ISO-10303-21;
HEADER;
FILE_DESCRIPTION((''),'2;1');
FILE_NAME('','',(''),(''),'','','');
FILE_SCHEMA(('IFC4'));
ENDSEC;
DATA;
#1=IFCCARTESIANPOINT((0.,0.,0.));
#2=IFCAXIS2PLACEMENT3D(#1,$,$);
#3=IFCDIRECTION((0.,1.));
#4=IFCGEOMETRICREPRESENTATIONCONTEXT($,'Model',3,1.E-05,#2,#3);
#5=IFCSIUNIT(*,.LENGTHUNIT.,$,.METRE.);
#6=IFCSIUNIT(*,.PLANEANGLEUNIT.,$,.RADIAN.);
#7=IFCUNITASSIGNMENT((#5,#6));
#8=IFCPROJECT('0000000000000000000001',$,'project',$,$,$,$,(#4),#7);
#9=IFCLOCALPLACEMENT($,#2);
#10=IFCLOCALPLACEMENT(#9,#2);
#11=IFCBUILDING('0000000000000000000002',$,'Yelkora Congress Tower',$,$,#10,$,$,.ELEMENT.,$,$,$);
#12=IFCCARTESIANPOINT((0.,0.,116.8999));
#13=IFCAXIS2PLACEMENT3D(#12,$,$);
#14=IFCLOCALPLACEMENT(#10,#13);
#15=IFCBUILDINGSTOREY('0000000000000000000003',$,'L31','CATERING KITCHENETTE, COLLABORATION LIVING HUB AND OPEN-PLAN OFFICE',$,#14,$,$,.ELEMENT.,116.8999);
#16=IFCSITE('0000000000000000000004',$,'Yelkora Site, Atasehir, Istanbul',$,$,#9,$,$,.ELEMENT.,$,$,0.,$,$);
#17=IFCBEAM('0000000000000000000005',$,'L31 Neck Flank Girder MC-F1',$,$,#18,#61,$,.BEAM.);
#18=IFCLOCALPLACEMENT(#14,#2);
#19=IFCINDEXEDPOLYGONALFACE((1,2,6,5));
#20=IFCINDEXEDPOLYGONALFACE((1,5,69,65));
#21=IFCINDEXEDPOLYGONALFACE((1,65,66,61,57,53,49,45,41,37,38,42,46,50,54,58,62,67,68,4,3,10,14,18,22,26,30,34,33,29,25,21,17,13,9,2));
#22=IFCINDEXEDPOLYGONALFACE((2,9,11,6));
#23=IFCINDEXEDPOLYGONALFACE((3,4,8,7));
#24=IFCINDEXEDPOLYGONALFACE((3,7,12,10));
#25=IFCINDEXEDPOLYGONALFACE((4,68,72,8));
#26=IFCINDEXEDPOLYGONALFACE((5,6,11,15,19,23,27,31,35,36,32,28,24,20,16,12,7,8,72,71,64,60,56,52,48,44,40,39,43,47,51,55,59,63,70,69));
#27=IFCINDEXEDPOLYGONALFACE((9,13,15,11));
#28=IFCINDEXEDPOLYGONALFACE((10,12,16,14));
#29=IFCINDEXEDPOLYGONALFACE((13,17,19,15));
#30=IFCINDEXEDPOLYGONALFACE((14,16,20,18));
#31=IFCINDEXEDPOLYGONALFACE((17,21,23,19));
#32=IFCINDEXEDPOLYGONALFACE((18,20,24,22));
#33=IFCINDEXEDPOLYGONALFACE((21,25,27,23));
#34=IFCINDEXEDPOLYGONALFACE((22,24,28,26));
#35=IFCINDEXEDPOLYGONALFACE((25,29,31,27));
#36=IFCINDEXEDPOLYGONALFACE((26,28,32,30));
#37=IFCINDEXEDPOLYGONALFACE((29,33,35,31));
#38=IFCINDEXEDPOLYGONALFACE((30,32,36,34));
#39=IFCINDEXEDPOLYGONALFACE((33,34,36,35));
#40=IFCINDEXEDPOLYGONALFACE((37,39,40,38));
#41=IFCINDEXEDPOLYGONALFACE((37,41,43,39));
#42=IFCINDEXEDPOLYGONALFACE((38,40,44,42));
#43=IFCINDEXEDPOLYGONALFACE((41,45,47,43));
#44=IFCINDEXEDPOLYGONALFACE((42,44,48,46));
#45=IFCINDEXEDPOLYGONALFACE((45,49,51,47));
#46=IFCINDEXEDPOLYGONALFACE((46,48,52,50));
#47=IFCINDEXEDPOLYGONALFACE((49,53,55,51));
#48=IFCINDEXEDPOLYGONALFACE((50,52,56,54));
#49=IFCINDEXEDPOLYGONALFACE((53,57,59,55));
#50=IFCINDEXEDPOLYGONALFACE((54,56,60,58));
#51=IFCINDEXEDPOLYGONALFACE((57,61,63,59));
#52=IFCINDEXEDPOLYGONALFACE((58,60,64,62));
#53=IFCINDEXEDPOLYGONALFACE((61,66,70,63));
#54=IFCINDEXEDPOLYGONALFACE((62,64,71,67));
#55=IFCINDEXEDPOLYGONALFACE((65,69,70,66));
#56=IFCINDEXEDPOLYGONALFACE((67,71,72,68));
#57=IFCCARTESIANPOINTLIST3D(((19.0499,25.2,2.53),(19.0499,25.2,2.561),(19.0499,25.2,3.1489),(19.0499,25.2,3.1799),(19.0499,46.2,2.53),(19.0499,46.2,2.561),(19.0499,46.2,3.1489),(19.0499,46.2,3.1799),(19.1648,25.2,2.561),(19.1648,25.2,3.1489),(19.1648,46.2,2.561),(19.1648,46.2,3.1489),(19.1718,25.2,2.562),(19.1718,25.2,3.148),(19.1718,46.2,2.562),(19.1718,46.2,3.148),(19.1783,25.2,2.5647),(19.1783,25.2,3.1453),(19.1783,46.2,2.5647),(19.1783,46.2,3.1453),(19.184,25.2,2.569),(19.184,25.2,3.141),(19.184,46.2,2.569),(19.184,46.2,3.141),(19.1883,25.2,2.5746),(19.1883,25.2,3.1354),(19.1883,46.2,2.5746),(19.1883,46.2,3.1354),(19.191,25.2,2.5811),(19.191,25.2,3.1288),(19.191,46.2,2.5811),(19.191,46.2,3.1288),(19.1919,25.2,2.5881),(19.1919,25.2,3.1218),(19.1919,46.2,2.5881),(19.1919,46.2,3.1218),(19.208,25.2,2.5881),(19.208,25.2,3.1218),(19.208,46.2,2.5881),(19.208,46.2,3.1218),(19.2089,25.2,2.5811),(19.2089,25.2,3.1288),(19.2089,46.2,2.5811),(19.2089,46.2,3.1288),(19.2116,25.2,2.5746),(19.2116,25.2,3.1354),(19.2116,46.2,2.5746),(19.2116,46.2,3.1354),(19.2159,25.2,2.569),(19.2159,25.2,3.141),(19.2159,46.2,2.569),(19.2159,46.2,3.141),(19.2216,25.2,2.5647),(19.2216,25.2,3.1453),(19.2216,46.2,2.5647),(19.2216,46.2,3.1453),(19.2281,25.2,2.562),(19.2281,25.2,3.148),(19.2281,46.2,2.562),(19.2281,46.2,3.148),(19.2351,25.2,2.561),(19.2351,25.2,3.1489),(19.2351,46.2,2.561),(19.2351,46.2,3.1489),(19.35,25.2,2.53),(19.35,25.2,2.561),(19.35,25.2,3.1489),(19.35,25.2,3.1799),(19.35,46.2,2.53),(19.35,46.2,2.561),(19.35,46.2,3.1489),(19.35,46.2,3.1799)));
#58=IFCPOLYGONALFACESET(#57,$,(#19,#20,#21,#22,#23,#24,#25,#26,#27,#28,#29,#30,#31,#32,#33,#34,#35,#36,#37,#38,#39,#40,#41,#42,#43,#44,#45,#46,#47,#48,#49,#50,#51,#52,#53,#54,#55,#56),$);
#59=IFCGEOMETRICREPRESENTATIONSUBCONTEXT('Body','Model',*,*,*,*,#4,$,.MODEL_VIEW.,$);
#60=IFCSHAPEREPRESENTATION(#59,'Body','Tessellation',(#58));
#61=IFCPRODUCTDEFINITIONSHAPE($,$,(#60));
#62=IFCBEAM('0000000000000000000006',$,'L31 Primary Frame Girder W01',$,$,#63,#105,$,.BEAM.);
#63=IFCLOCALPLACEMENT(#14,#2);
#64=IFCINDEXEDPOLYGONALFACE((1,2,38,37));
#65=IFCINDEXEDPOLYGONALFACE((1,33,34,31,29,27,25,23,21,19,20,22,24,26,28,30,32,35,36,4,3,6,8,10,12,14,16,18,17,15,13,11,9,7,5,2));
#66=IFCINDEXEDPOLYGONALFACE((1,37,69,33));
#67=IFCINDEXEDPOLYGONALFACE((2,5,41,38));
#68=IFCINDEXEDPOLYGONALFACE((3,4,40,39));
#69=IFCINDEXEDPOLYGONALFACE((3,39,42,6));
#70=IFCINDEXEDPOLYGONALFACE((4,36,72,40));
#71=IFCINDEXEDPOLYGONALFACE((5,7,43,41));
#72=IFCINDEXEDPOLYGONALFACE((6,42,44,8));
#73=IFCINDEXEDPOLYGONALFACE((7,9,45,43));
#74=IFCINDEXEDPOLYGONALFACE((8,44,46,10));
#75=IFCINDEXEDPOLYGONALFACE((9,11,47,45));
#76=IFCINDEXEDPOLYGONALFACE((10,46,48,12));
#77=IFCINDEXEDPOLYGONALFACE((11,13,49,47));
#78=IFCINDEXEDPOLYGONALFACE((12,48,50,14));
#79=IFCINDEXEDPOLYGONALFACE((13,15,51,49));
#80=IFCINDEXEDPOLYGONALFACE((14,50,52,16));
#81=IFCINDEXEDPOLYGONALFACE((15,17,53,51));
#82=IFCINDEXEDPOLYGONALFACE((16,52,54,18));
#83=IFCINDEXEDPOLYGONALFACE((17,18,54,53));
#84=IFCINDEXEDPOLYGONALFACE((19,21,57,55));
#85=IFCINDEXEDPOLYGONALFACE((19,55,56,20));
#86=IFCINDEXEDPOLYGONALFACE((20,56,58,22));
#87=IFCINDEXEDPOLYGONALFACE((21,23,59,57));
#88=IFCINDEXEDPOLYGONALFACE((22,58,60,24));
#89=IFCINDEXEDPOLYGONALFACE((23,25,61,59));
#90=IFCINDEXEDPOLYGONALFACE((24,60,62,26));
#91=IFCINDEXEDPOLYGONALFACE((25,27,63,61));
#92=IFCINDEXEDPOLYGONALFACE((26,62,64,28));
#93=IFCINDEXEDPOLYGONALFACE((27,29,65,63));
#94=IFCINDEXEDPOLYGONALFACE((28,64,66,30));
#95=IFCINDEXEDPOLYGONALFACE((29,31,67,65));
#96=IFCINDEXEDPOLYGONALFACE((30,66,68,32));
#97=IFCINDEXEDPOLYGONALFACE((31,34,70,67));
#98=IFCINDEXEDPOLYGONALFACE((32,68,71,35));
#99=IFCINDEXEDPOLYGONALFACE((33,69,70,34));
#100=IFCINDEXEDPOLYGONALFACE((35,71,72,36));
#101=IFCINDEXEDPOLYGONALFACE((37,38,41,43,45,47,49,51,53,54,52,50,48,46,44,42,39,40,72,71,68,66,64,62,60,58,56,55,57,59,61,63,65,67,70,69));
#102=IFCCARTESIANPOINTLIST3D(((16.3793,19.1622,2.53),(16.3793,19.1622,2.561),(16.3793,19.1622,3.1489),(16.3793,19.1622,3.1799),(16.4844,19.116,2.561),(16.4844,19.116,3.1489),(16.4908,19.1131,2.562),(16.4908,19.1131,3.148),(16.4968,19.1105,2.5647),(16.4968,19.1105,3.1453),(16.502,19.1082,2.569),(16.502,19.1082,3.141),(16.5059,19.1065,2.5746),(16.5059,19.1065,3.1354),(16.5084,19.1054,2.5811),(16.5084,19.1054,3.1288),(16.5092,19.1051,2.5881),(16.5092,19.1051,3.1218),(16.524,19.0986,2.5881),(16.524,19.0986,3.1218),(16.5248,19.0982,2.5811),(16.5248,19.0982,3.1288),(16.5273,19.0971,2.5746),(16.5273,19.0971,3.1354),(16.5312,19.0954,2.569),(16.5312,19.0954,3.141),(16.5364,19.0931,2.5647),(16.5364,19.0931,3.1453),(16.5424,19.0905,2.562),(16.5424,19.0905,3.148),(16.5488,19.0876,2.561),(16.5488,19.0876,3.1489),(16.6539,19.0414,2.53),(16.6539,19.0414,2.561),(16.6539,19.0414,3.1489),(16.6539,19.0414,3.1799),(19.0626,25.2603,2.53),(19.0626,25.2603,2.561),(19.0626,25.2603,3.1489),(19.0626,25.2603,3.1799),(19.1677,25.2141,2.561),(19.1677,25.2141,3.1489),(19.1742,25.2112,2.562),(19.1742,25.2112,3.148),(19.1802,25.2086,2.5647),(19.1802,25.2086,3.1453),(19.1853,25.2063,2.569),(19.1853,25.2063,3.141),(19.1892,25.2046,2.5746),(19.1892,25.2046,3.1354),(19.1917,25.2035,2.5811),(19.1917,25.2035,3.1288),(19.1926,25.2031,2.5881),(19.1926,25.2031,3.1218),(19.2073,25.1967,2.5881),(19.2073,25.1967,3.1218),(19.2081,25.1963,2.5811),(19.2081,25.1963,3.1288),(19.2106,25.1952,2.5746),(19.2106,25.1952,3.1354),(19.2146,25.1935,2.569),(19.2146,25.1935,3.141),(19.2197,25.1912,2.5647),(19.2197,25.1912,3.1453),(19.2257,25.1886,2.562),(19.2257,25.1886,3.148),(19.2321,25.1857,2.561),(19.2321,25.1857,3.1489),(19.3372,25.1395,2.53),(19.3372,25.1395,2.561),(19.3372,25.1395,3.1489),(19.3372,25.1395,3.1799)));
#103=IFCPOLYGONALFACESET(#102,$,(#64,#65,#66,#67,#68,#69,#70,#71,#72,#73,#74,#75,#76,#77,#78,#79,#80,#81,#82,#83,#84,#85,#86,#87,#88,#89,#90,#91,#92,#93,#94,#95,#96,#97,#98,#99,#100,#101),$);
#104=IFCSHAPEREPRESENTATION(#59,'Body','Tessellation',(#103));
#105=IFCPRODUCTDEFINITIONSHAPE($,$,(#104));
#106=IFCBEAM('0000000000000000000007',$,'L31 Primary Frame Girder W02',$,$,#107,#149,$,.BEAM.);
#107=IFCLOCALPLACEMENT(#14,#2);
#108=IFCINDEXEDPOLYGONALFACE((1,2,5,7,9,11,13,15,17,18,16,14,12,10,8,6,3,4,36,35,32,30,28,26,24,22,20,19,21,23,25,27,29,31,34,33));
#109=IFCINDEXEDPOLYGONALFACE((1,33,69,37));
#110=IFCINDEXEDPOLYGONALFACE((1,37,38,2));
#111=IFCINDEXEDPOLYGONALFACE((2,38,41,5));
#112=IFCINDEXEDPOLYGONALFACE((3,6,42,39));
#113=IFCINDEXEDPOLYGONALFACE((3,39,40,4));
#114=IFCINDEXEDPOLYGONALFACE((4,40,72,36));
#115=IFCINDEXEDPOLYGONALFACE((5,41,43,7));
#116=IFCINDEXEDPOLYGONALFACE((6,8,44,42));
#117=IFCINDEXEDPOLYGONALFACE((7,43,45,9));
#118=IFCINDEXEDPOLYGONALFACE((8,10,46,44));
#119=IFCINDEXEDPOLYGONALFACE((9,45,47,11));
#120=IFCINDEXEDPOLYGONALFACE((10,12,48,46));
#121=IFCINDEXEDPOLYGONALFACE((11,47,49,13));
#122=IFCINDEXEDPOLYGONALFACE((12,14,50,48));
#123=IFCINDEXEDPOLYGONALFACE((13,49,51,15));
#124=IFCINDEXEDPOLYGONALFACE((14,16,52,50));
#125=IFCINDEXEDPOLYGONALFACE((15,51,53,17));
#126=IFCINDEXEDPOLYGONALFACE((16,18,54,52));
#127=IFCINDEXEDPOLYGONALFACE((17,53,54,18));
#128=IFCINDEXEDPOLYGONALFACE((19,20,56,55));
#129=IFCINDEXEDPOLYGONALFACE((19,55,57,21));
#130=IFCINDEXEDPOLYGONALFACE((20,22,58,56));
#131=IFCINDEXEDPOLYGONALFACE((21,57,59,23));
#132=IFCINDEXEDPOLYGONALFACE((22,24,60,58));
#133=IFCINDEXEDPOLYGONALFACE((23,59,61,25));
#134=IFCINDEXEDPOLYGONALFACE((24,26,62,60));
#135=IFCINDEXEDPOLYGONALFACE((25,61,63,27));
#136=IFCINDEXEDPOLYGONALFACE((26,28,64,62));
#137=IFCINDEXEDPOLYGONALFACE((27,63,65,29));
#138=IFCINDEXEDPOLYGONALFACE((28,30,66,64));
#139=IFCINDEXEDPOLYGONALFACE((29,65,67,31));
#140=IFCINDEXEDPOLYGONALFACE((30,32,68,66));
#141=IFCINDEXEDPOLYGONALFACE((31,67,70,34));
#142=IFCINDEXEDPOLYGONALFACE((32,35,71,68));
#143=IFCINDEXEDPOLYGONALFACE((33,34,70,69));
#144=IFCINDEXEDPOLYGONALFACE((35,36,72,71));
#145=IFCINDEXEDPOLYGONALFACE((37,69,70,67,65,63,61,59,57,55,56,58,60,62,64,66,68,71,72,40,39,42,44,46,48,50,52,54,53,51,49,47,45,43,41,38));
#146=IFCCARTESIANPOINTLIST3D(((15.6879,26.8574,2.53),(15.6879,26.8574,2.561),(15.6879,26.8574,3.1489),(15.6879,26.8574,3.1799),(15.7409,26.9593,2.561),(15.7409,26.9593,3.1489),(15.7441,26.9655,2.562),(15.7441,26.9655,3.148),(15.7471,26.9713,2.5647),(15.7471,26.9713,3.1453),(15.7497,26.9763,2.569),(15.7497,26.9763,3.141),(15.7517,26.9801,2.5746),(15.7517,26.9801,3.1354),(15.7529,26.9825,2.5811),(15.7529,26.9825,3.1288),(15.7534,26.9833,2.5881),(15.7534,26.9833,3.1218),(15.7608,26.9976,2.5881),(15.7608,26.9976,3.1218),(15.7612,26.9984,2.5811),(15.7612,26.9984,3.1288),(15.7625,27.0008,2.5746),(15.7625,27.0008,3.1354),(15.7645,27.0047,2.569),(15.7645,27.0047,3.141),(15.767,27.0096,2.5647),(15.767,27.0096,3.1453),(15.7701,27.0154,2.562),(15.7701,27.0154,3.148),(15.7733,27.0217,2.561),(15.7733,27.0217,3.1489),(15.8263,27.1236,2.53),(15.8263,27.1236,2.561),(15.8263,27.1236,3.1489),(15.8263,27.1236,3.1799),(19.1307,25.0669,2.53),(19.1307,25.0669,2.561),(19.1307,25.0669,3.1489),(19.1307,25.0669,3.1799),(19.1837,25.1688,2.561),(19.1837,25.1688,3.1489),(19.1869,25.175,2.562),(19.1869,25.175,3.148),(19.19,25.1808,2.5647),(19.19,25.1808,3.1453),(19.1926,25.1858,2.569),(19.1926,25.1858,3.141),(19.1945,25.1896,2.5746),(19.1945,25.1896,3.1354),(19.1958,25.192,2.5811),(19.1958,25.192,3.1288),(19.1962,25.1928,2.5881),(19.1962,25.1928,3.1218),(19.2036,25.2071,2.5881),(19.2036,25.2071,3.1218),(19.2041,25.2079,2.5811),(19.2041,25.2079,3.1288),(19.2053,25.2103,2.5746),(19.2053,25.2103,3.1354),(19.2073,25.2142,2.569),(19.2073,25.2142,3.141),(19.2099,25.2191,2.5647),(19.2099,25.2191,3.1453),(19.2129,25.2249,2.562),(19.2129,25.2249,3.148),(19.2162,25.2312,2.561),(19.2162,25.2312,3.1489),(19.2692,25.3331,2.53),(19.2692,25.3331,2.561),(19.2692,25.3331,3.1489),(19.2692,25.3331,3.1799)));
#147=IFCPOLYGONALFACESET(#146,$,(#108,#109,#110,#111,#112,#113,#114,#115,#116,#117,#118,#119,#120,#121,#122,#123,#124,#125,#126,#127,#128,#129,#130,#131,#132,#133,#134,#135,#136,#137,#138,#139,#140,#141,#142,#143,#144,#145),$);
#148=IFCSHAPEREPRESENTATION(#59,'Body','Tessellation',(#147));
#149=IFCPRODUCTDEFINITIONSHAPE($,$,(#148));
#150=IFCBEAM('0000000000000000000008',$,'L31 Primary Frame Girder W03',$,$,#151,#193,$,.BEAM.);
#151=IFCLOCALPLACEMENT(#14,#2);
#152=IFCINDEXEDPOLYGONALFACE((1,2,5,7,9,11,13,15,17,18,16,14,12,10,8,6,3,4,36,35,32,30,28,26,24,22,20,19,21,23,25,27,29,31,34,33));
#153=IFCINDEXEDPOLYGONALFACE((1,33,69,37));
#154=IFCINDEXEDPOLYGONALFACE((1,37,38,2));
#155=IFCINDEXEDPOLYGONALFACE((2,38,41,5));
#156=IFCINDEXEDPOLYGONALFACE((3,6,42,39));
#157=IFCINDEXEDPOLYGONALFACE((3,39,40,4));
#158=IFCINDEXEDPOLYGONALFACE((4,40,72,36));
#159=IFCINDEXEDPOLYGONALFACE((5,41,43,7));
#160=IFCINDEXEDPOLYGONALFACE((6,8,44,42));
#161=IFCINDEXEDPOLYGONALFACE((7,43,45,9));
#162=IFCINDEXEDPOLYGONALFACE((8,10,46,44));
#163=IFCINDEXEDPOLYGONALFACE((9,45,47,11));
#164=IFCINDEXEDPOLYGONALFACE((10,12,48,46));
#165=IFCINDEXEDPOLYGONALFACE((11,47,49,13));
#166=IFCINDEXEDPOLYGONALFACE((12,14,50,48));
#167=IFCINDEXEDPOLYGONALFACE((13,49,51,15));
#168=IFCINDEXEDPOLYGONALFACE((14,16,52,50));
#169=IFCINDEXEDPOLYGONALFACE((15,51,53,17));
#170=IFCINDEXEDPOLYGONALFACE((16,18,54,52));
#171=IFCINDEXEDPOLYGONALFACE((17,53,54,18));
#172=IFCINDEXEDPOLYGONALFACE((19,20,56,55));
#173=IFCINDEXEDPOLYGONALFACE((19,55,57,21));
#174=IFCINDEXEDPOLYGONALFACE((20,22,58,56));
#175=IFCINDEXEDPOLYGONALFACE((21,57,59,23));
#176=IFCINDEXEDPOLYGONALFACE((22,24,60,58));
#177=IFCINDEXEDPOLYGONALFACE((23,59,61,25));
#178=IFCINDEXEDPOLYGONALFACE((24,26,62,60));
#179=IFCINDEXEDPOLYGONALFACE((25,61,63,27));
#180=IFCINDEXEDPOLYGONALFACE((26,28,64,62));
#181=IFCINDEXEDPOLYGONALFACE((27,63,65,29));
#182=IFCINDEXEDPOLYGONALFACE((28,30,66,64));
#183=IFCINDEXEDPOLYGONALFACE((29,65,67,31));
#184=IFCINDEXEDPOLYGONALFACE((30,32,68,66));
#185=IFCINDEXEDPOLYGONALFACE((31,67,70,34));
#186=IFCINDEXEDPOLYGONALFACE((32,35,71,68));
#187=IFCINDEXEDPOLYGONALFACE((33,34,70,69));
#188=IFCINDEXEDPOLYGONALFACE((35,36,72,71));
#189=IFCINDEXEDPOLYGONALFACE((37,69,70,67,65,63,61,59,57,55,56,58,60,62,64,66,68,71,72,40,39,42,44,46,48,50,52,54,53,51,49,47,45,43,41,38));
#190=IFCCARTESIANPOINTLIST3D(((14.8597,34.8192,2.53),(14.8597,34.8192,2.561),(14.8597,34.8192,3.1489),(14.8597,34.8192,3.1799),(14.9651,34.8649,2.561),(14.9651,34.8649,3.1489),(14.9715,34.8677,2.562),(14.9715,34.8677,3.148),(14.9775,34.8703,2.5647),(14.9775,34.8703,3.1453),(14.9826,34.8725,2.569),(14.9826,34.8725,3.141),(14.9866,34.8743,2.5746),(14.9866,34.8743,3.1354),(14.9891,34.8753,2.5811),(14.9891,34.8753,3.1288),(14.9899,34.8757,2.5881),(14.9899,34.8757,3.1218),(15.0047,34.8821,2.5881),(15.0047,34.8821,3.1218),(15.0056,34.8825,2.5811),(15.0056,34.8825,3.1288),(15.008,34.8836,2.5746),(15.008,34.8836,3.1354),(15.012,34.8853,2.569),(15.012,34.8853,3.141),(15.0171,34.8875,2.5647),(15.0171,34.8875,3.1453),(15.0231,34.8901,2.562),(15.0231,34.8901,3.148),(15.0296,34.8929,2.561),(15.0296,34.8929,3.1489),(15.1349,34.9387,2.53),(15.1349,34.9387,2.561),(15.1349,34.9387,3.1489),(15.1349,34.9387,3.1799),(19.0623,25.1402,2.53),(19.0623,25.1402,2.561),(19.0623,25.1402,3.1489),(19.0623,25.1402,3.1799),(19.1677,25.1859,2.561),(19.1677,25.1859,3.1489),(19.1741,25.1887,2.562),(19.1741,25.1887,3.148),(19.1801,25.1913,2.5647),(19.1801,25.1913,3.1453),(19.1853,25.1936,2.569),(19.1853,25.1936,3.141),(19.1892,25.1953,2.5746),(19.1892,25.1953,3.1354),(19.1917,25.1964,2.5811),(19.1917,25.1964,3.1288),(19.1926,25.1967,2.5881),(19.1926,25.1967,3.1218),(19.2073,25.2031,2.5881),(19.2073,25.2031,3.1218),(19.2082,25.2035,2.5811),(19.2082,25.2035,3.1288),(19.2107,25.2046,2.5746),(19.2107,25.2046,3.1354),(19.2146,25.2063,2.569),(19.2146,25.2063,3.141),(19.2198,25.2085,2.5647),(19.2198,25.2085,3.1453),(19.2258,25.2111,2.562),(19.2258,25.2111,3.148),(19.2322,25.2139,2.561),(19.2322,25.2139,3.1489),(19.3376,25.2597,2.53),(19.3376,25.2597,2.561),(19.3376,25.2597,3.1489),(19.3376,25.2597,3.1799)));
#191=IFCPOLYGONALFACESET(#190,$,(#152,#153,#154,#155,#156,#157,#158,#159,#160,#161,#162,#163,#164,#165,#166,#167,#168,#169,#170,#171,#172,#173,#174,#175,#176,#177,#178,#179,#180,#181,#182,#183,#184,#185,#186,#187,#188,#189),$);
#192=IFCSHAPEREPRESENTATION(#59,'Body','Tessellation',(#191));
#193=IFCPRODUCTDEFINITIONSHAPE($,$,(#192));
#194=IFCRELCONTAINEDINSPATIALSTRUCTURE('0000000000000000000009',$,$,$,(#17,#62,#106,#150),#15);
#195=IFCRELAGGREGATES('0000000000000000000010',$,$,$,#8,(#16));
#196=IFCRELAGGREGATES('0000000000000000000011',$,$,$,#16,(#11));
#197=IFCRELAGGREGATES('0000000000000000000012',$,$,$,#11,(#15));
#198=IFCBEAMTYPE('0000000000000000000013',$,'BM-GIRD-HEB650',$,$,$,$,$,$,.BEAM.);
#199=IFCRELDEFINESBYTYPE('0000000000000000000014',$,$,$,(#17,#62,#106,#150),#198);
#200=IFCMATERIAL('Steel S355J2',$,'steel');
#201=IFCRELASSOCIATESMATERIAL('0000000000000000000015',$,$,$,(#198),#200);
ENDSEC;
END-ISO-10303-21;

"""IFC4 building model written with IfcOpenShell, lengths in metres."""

from ifc_helpers import new_model, si_unit, direction, frame, origin, origin_2d, place, context, subcontext, project, spatial, i_section, extrude, material, material_profile, profile_set, type_object, element, save


model = new_model("IFC4")

# Units and contexts
model_context = context("Model", 3, precision=1e-05, world=origin(), true_north=direction((0.0, 1.0)))
body_context = subcontext(model_context, "Body", "Model", "MODEL_VIEW")
ifc_project = project(units=[si_unit("LENGTHUNIT", "METRE"), si_unit("PLANEANGLEUNIT", "RADIAN")], contexts=[model_context])

# Site, building, storey
site_placement = place(None, origin())
site = spatial("IfcSite", under=ifc_project, at=site_placement, Name="Yelkora Site, Atasehir, Istanbul", CompositionType="ELEMENT", RefElevation=0.0)
building_placement = place(site_placement, origin())
building = spatial("IfcBuilding", under=site, at=building_placement, Name="Yelkora Congress Tower", CompositionType="ELEMENT")
storey_placement = place(building_placement, frame((0.0, 0.0, 116.8999)))
storey = spatial("IfcBuildingStorey", under=building, at=storey_placement, Name="L31", Description="CATERING KITCHENETTE, COLLABORATION LIVING HUB AND OPEN-PLAN OFFICE", CompositionType="ELEMENT", Elevation=116.8999)

# Beams
ifc_material_1 = material(Name="Steel S355J2", Category="steel")
ifc_material_profile_1 = material_profile(ifc_material_1, i_section(OverallWidth=0.3, OverallDepth=0.6499, WebThickness=0.0161, FlangeThickness=0.031, FilletRadius=0.0271, at=origin_2d()), Name="HEB 650")
ifc_profile_set_1 = profile_set([ifc_material_profile_1], Name="Steel S355J2")
beam_type_1 = type_object("IfcBeamType", Name="BM-GIRD-HEB650", PredefinedType="BEAM", material=ifc_profile_set_1)
beam_1_placement = place(storey_placement, frame((19.2, 25.2, 2.855), z_axis=(0.0, 1.0, 0.0), x_axis=(-1.0, 0.0, 0.0)))
element("IfcBeam", 1, at=beam_1_placement, inside=storey, type_object=beam_type_1, Name="L31 Neck Flank Girder MC-F1", PredefinedType="BEAM", context=body_context, shape_type="SweptSolid", body=[
    extrude(i_section(OverallWidth=0.3, OverallDepth=0.6499, WebThickness=0.0161, FlangeThickness=0.031, FilletRadius=0.0271, at=origin_2d()), origin(), (0.0, 0.0, 1.0), 21.0),
])
beam_2_placement = place(storey_placement, frame((16.5166, 19.1018, 2.855), z_axis=(0.402759, 0.915306, 0.0), x_axis=(-0.915306, 0.402759, 0.0)))
element("IfcBeam", 2, at=beam_2_placement, inside=storey, type_object=beam_type_1, Name="L31 Primary Frame Girder W01", PredefinedType="BEAM", context=body_context, shape_type="SweptSolid", body=[
    extrude(i_section(OverallWidth=0.3, OverallDepth=0.6499, WebThickness=0.0161, FlangeThickness=0.031, FilletRadius=0.0271, at=origin_2d()), origin(), (0.0, 0.0, 1.0), 6.6624),
])
beam_3_placement = place(storey_placement, frame((15.7571, 26.9905, 2.855), z_axis=(0.887192, -0.4614, 0.0), x_axis=(0.4614, 0.887192, 0.0)))
element("IfcBeam", 3, at=beam_3_placement, inside=storey, type_object=beam_type_1, Name="L31 Primary Frame Girder W02", PredefinedType="BEAM", context=body_context, shape_type="SweptSolid", body=[
    extrude(i_section(OverallWidth=0.3, OverallDepth=0.6499, WebThickness=0.0161, FlangeThickness=0.031, FilletRadius=0.0271, at=origin_2d()), origin(), (0.0, 0.0, 1.0), 3.8806),
])
beam_4_placement = place(storey_placement, frame((14.9973, 34.8789, 2.855), z_axis=(0.398279, -0.917264, 0.0), x_axis=(0.917264, 0.398279, 0.0)))
element("IfcBeam", 4, at=beam_4_placement, inside=storey, type_object=beam_type_1, Name="L31 Primary Frame Girder W03", PredefinedType="BEAM", context=body_context, shape_type="SweptSolid", body=[
    extrude(i_section(OverallWidth=0.3, OverallDepth=0.6499, WebThickness=0.0161, FlangeThickness=0.031, FilletRadius=0.0271, at=origin_2d()), origin(), (0.0, 0.0, 1.0), 10.552),
])

save(model, "model.ifc")
